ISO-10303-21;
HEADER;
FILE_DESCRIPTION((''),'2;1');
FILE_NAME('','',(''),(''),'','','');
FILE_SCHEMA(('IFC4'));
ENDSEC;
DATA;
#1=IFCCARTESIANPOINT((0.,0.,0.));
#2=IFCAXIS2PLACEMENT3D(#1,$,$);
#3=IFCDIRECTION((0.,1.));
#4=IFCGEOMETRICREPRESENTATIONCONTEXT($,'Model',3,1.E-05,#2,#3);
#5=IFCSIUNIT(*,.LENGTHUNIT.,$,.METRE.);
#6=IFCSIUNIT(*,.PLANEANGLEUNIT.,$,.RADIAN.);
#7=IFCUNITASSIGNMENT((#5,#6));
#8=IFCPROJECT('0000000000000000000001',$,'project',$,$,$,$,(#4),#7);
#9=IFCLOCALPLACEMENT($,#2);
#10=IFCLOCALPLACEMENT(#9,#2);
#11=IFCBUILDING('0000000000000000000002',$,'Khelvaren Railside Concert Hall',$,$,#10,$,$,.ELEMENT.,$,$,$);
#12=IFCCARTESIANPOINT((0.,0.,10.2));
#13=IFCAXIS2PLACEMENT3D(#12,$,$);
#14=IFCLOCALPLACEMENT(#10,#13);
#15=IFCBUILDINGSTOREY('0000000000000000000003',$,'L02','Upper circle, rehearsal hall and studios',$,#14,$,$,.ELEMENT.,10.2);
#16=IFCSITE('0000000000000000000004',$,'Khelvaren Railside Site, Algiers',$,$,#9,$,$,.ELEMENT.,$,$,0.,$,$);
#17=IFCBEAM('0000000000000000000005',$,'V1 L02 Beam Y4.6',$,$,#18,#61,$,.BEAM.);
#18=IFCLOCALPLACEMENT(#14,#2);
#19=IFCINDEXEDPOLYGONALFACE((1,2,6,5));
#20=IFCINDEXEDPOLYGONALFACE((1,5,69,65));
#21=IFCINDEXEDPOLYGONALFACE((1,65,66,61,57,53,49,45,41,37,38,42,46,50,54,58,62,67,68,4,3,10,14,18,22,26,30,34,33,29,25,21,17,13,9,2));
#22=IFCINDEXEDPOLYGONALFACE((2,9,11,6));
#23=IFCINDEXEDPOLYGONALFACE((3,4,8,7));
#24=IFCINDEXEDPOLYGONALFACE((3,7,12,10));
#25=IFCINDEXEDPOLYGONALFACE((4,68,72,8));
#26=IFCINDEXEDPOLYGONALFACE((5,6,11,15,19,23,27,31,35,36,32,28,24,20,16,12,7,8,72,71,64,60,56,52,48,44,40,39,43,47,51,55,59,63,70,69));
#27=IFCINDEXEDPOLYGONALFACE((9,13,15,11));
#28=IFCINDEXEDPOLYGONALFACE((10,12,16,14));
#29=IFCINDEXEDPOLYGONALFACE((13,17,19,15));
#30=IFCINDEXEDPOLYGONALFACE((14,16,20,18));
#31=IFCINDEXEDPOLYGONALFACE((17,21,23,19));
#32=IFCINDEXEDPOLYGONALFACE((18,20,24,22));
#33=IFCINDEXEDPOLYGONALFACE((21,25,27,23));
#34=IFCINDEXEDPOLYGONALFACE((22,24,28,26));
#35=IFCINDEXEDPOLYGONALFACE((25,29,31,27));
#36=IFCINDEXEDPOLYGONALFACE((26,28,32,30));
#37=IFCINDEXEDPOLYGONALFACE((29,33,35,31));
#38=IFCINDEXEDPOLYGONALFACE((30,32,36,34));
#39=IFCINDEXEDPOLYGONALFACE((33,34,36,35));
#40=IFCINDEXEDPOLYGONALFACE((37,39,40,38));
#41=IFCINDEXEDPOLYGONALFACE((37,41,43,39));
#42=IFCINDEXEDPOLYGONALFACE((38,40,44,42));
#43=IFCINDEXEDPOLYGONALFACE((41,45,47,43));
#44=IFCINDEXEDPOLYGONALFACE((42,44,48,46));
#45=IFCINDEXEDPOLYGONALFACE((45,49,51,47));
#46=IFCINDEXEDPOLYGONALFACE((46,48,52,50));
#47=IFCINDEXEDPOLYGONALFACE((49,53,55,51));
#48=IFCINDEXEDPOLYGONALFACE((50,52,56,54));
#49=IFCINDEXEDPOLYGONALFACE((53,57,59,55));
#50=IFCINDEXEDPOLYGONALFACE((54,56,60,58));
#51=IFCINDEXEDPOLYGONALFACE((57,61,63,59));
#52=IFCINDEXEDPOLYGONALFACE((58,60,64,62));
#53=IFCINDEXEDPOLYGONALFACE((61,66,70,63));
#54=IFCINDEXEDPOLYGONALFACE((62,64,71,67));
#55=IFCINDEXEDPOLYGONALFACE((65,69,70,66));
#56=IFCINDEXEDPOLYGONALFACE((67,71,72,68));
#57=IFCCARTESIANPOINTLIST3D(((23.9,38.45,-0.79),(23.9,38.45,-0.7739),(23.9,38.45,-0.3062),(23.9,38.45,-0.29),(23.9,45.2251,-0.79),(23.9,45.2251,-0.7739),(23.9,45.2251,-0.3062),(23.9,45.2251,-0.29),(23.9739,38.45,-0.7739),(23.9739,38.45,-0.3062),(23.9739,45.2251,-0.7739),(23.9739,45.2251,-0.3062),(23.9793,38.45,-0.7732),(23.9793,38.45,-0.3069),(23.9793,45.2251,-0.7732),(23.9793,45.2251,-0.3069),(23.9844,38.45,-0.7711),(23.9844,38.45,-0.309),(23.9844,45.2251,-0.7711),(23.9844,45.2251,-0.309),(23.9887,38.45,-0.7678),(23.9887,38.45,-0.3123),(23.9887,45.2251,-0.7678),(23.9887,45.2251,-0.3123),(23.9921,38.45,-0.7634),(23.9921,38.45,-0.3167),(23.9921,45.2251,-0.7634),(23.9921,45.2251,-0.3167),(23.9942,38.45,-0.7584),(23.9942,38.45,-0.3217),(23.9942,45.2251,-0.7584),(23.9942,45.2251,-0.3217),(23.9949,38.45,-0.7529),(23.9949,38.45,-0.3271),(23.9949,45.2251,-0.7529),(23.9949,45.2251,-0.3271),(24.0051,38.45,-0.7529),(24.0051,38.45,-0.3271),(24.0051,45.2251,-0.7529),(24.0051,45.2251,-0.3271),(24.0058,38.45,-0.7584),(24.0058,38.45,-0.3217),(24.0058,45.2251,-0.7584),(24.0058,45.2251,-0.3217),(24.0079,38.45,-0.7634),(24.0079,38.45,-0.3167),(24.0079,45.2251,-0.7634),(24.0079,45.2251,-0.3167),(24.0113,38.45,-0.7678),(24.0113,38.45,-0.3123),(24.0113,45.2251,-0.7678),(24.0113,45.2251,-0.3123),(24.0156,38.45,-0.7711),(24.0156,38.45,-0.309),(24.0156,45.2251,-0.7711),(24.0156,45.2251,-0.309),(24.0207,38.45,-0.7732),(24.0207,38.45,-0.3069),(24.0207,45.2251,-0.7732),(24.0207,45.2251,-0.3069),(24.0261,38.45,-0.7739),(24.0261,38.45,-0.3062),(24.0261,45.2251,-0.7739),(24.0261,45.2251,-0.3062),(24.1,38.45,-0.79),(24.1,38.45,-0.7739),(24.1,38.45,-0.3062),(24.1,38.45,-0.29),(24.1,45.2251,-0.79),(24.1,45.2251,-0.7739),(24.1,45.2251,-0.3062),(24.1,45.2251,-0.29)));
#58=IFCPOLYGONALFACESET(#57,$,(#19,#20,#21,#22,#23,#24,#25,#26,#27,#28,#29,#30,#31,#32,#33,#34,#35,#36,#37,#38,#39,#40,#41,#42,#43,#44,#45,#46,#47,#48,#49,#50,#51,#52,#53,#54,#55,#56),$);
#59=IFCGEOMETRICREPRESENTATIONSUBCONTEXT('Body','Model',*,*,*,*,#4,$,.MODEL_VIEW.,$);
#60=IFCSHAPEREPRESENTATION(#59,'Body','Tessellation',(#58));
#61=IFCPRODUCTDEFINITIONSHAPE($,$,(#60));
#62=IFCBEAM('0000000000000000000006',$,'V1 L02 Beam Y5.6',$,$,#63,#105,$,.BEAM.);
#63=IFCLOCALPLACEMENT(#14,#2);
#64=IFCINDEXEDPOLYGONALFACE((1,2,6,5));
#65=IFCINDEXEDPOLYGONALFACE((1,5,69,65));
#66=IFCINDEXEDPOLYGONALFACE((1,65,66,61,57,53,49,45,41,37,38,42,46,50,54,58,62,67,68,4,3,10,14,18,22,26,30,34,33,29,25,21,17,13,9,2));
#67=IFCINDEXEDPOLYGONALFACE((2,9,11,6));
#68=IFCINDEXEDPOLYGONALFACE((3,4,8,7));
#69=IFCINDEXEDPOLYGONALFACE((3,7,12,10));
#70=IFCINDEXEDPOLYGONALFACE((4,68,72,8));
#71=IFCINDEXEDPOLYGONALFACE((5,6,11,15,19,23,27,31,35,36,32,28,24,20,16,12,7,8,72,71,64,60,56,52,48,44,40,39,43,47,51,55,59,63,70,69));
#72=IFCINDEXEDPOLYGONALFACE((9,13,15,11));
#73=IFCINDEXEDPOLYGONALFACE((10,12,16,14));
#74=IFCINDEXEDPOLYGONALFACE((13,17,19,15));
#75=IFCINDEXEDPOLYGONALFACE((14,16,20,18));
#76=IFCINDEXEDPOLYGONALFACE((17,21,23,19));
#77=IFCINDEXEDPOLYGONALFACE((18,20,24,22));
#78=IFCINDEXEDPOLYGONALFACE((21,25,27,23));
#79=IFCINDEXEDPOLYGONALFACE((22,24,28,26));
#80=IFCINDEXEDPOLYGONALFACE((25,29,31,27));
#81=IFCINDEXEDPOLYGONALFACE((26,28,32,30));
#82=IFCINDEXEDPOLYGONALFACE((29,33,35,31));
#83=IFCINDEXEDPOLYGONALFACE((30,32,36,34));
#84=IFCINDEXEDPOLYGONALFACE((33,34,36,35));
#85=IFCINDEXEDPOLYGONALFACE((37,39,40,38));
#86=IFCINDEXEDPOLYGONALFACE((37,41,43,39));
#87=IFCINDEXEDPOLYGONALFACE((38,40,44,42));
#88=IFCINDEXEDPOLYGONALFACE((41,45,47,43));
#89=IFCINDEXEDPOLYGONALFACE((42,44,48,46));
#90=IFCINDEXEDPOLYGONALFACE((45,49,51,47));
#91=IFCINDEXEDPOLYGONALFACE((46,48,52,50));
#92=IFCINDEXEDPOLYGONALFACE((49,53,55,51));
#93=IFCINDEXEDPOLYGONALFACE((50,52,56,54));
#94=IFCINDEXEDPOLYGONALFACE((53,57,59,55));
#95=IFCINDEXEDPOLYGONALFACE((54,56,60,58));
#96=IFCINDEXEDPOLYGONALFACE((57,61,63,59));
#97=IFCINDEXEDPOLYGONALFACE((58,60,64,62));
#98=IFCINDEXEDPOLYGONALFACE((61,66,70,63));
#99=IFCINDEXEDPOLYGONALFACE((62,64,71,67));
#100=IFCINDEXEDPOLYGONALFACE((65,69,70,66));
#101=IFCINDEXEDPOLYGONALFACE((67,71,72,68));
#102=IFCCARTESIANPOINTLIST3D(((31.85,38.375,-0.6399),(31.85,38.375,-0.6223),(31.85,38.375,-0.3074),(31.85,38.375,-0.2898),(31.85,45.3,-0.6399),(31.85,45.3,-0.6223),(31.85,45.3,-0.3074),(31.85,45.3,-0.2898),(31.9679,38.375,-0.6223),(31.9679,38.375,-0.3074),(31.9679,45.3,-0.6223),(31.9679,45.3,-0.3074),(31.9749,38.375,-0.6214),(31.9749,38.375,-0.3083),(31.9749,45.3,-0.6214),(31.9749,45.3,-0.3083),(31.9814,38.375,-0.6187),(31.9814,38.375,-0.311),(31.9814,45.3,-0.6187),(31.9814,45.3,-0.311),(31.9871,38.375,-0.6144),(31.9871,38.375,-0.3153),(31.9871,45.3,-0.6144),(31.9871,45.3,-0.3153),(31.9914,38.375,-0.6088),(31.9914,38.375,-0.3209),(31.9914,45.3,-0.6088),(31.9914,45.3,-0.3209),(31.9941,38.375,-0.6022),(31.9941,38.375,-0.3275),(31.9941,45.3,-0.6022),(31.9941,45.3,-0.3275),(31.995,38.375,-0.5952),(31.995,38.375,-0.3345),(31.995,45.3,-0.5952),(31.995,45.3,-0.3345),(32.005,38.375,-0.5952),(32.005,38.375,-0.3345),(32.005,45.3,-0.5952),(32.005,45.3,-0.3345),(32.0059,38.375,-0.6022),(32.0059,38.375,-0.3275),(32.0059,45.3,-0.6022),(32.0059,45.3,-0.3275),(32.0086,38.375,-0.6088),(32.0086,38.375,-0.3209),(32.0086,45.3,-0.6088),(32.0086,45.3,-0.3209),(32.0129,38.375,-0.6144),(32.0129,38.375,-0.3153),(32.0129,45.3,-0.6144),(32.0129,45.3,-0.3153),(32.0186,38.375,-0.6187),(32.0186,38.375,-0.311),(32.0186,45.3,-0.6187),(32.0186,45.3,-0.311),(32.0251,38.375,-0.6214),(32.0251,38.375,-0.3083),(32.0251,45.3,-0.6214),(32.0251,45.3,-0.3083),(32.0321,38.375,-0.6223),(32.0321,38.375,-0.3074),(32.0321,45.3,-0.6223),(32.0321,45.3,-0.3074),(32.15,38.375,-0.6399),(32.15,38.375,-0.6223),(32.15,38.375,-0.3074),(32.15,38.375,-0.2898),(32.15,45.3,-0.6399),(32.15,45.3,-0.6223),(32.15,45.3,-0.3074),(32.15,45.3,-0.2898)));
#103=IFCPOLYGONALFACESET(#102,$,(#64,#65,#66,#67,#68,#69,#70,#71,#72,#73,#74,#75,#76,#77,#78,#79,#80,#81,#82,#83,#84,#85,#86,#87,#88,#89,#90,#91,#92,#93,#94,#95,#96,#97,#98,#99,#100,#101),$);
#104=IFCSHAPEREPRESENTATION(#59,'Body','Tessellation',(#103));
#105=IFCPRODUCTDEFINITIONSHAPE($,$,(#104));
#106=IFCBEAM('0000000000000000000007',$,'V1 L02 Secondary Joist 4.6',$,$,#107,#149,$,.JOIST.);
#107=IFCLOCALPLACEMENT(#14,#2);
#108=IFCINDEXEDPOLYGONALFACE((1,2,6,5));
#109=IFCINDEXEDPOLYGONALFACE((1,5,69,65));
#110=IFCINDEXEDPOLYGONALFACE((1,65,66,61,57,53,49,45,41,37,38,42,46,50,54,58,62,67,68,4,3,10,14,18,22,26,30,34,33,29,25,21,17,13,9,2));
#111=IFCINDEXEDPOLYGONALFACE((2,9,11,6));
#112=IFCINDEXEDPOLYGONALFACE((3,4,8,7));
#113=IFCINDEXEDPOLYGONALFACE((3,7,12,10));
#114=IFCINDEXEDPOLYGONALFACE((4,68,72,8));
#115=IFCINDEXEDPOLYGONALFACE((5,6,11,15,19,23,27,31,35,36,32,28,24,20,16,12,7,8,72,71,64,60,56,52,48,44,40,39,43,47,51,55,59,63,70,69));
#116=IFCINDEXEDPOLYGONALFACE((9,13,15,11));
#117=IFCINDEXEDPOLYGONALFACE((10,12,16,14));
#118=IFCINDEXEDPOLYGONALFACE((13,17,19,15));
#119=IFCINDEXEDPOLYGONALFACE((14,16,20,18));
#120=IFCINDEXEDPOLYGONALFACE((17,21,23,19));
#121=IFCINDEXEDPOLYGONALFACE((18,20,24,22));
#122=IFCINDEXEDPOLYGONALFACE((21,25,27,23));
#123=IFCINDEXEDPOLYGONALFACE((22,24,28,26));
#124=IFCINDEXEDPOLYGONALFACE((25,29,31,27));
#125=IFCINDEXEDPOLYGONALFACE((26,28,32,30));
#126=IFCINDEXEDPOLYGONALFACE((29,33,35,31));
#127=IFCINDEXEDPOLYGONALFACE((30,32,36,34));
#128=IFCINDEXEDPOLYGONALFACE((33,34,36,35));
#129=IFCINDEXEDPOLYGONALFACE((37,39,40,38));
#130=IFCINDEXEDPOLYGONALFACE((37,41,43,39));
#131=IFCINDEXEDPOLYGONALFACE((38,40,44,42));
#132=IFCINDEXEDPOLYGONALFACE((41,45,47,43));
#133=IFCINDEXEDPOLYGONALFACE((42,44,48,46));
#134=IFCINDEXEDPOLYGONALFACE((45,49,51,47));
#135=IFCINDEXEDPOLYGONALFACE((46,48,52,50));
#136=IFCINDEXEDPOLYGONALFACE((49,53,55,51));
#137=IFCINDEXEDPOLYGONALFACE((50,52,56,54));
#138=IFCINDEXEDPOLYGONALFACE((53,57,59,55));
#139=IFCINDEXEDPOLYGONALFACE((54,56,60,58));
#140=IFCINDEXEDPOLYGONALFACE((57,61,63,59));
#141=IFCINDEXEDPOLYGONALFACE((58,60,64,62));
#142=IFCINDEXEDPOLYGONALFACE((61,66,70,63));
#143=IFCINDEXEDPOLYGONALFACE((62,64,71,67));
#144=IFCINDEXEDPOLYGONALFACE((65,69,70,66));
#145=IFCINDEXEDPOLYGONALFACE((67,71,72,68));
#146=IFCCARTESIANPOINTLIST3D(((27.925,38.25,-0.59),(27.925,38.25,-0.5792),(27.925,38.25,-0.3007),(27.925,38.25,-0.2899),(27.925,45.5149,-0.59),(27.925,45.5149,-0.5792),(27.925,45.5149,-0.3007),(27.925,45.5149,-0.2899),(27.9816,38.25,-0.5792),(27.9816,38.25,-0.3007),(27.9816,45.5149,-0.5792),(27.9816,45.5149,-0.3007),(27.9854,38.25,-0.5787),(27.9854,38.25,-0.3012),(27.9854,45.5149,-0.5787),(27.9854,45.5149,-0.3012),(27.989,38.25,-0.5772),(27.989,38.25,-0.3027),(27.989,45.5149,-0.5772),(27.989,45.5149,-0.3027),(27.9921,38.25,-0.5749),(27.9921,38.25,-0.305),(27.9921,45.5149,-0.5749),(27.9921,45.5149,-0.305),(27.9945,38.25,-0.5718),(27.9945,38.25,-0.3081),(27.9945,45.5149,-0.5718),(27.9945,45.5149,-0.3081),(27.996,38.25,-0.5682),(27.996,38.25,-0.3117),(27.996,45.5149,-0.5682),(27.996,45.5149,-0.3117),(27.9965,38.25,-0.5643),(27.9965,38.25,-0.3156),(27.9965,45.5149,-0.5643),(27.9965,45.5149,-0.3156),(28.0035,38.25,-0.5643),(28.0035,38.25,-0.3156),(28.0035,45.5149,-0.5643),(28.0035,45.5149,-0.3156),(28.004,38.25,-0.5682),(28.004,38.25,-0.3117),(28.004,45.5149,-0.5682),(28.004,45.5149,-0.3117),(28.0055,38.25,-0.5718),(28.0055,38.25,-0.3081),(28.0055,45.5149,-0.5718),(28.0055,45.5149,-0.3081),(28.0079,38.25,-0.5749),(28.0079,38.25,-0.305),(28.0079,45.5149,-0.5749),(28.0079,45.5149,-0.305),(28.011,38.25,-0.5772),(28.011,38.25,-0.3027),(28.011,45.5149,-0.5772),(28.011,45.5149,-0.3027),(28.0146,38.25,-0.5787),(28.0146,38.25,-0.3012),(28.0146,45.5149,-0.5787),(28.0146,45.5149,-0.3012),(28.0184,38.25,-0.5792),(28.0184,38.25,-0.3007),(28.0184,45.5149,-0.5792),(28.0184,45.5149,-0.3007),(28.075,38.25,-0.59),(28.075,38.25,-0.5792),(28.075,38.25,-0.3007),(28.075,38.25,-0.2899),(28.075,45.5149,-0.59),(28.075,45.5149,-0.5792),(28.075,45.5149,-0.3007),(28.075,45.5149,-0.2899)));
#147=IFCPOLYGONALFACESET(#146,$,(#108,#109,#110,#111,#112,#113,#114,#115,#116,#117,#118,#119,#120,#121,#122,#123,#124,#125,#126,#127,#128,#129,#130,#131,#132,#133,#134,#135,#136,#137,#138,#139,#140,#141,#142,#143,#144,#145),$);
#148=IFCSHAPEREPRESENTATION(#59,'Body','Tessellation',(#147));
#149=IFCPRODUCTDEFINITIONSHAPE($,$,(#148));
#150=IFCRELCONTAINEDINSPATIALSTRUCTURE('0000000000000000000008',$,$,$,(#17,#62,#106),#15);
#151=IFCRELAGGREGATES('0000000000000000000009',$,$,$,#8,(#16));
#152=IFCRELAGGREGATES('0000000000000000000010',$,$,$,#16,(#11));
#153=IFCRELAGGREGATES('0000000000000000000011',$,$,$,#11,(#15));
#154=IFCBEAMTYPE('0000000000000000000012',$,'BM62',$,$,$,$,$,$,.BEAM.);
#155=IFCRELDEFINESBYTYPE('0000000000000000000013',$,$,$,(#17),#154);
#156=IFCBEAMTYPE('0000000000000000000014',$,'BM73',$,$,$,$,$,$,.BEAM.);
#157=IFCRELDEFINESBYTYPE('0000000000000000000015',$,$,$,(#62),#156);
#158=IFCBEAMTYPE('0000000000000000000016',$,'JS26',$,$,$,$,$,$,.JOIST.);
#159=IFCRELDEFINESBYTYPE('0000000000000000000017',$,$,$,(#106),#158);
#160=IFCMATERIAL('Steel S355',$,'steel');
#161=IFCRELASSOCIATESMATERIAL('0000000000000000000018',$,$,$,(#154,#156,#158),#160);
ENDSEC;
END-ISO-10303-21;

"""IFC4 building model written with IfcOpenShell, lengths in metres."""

from ifc_helpers import new_model, si_unit, direction, frame, origin, origin_2d, place, context, subcontext, project, spatial, i_section, extrude, material, material_profile, profile_set, type_object, element, save


model = new_model("IFC4")

# Units and contexts
model_context = context("Model", 3, precision=1e-05, world=origin(), true_north=direction((0.0, 1.0)))
body_context = subcontext(model_context, "Body", "Model", "MODEL_VIEW")
ifc_project = project(units=[si_unit("LENGTHUNIT", "METRE"), si_unit("PLANEANGLEUNIT", "RADIAN")], contexts=[model_context])

# Site, building, storey
site_placement = place(None, origin())
site = spatial("IfcSite", under=ifc_project, at=site_placement, Name="Khelvaren Railside Site, Algiers", CompositionType="ELEMENT", RefElevation=0.0)
building_placement = place(site_placement, origin())
building = spatial("IfcBuilding", under=site, at=building_placement, Name="Khelvaren Railside Concert Hall", CompositionType="ELEMENT")
storey_placement = place(building_placement, frame((0.0, 0.0, 10.2)))
storey = spatial("IfcBuildingStorey", under=building, at=storey_placement, Name="L02", Description="Upper circle, rehearsal hall and studios", CompositionType="ELEMENT", Elevation=10.2)

# Shared definitions
ifc_material_1 = material(Name="Steel S355", Category="steel")

# Beams
ifc_material_profile_1 = material_profile(ifc_material_1, i_section(OverallWidth=0.2, OverallDepth=0.5, WebThickness=0.0103, FlangeThickness=0.0161, FilletRadius=0.021, at=origin_2d()), Name="IPE 500")
ifc_profile_set_1 = profile_set([ifc_material_profile_1], Name="Steel S355")
beam_type_1 = type_object("IfcBeamType", Name="BM62", PredefinedType="BEAM", material=ifc_profile_set_1)
beam_1_placement = place(storey_placement, frame((24.0, 38.45, -0.54), z_axis=(0.0, 1.0, 0.0), x_axis=(-1.0, 0.0, 0.0)))
element("IfcBeam", 1, at=beam_1_placement, inside=storey, type_object=beam_type_1, Name="V1 L02 Beam Y4.6", PredefinedType="BEAM", context=body_context, shape_type="SweptSolid", body=[
    extrude(i_section(OverallWidth=0.2, OverallDepth=0.5, WebThickness=0.0103, FlangeThickness=0.0161, FilletRadius=0.021, at=origin_2d()), origin(), (0.0, 0.0, 1.0), 6.7751),
])
ifc_material_profile_2 = material_profile(ifc_material_1, i_section(OverallWidth=0.3, OverallDepth=0.3501, WebThickness=0.01, FlangeThickness=0.0176, FilletRadius=0.0271, at=origin_2d()), Name="HEA 360")
ifc_profile_set_2 = profile_set([ifc_material_profile_2], Name="Steel S355")
beam_type_2 = type_object("IfcBeamType", Name="BM73", PredefinedType="BEAM", material=ifc_profile_set_2)
beam_2_placement = place(storey_placement, frame((32.0, 38.375, -0.4648), z_axis=(0.0, 1.0, 0.0), x_axis=(-1.0, 0.0, 0.0)))
element("IfcBeam", 2, at=beam_2_placement, inside=storey, type_object=beam_type_2, Name="V1 L02 Beam Y5.6", PredefinedType="BEAM", context=body_context, shape_type="SweptSolid", body=[
    extrude(i_section(OverallWidth=0.3, OverallDepth=0.3501, WebThickness=0.01, FlangeThickness=0.0176, FilletRadius=0.0271, at=origin_2d()), origin(), (0.0, 0.0, 1.0), 6.925),
])
ifc_material_profile_3 = material_profile(ifc_material_1, i_section(OverallWidth=0.1499, OverallDepth=0.3, WebThickness=0.0071, FlangeThickness=0.0107, FilletRadius=0.0149, at=origin_2d()), Name="IPE 300")
ifc_profile_set_3 = profile_set([ifc_material_profile_3], Name="Steel S355")
beam_type_3 = type_object("IfcBeamType", Name="JS26", PredefinedType="JOIST", material=ifc_profile_set_3)
beam_3_placement = place(storey_placement, frame((28.0, 38.25, -0.4399), z_axis=(0.0, 1.0, 0.0), x_axis=(-1.0, 0.0, 0.0)))
element("IfcBeam", 3, at=beam_3_placement, inside=storey, type_object=beam_type_3, Name="V1 L02 Secondary Joist 4.6", PredefinedType="JOIST", context=body_context, shape_type="SweptSolid", body=[
    extrude(i_section(OverallWidth=0.1499, OverallDepth=0.3, WebThickness=0.0071, FlangeThickness=0.0107, FilletRadius=0.0149, at=origin_2d()), origin(), (0.0, 0.0, 1.0), 7.2649),
])

save(model, "model.ifc")
